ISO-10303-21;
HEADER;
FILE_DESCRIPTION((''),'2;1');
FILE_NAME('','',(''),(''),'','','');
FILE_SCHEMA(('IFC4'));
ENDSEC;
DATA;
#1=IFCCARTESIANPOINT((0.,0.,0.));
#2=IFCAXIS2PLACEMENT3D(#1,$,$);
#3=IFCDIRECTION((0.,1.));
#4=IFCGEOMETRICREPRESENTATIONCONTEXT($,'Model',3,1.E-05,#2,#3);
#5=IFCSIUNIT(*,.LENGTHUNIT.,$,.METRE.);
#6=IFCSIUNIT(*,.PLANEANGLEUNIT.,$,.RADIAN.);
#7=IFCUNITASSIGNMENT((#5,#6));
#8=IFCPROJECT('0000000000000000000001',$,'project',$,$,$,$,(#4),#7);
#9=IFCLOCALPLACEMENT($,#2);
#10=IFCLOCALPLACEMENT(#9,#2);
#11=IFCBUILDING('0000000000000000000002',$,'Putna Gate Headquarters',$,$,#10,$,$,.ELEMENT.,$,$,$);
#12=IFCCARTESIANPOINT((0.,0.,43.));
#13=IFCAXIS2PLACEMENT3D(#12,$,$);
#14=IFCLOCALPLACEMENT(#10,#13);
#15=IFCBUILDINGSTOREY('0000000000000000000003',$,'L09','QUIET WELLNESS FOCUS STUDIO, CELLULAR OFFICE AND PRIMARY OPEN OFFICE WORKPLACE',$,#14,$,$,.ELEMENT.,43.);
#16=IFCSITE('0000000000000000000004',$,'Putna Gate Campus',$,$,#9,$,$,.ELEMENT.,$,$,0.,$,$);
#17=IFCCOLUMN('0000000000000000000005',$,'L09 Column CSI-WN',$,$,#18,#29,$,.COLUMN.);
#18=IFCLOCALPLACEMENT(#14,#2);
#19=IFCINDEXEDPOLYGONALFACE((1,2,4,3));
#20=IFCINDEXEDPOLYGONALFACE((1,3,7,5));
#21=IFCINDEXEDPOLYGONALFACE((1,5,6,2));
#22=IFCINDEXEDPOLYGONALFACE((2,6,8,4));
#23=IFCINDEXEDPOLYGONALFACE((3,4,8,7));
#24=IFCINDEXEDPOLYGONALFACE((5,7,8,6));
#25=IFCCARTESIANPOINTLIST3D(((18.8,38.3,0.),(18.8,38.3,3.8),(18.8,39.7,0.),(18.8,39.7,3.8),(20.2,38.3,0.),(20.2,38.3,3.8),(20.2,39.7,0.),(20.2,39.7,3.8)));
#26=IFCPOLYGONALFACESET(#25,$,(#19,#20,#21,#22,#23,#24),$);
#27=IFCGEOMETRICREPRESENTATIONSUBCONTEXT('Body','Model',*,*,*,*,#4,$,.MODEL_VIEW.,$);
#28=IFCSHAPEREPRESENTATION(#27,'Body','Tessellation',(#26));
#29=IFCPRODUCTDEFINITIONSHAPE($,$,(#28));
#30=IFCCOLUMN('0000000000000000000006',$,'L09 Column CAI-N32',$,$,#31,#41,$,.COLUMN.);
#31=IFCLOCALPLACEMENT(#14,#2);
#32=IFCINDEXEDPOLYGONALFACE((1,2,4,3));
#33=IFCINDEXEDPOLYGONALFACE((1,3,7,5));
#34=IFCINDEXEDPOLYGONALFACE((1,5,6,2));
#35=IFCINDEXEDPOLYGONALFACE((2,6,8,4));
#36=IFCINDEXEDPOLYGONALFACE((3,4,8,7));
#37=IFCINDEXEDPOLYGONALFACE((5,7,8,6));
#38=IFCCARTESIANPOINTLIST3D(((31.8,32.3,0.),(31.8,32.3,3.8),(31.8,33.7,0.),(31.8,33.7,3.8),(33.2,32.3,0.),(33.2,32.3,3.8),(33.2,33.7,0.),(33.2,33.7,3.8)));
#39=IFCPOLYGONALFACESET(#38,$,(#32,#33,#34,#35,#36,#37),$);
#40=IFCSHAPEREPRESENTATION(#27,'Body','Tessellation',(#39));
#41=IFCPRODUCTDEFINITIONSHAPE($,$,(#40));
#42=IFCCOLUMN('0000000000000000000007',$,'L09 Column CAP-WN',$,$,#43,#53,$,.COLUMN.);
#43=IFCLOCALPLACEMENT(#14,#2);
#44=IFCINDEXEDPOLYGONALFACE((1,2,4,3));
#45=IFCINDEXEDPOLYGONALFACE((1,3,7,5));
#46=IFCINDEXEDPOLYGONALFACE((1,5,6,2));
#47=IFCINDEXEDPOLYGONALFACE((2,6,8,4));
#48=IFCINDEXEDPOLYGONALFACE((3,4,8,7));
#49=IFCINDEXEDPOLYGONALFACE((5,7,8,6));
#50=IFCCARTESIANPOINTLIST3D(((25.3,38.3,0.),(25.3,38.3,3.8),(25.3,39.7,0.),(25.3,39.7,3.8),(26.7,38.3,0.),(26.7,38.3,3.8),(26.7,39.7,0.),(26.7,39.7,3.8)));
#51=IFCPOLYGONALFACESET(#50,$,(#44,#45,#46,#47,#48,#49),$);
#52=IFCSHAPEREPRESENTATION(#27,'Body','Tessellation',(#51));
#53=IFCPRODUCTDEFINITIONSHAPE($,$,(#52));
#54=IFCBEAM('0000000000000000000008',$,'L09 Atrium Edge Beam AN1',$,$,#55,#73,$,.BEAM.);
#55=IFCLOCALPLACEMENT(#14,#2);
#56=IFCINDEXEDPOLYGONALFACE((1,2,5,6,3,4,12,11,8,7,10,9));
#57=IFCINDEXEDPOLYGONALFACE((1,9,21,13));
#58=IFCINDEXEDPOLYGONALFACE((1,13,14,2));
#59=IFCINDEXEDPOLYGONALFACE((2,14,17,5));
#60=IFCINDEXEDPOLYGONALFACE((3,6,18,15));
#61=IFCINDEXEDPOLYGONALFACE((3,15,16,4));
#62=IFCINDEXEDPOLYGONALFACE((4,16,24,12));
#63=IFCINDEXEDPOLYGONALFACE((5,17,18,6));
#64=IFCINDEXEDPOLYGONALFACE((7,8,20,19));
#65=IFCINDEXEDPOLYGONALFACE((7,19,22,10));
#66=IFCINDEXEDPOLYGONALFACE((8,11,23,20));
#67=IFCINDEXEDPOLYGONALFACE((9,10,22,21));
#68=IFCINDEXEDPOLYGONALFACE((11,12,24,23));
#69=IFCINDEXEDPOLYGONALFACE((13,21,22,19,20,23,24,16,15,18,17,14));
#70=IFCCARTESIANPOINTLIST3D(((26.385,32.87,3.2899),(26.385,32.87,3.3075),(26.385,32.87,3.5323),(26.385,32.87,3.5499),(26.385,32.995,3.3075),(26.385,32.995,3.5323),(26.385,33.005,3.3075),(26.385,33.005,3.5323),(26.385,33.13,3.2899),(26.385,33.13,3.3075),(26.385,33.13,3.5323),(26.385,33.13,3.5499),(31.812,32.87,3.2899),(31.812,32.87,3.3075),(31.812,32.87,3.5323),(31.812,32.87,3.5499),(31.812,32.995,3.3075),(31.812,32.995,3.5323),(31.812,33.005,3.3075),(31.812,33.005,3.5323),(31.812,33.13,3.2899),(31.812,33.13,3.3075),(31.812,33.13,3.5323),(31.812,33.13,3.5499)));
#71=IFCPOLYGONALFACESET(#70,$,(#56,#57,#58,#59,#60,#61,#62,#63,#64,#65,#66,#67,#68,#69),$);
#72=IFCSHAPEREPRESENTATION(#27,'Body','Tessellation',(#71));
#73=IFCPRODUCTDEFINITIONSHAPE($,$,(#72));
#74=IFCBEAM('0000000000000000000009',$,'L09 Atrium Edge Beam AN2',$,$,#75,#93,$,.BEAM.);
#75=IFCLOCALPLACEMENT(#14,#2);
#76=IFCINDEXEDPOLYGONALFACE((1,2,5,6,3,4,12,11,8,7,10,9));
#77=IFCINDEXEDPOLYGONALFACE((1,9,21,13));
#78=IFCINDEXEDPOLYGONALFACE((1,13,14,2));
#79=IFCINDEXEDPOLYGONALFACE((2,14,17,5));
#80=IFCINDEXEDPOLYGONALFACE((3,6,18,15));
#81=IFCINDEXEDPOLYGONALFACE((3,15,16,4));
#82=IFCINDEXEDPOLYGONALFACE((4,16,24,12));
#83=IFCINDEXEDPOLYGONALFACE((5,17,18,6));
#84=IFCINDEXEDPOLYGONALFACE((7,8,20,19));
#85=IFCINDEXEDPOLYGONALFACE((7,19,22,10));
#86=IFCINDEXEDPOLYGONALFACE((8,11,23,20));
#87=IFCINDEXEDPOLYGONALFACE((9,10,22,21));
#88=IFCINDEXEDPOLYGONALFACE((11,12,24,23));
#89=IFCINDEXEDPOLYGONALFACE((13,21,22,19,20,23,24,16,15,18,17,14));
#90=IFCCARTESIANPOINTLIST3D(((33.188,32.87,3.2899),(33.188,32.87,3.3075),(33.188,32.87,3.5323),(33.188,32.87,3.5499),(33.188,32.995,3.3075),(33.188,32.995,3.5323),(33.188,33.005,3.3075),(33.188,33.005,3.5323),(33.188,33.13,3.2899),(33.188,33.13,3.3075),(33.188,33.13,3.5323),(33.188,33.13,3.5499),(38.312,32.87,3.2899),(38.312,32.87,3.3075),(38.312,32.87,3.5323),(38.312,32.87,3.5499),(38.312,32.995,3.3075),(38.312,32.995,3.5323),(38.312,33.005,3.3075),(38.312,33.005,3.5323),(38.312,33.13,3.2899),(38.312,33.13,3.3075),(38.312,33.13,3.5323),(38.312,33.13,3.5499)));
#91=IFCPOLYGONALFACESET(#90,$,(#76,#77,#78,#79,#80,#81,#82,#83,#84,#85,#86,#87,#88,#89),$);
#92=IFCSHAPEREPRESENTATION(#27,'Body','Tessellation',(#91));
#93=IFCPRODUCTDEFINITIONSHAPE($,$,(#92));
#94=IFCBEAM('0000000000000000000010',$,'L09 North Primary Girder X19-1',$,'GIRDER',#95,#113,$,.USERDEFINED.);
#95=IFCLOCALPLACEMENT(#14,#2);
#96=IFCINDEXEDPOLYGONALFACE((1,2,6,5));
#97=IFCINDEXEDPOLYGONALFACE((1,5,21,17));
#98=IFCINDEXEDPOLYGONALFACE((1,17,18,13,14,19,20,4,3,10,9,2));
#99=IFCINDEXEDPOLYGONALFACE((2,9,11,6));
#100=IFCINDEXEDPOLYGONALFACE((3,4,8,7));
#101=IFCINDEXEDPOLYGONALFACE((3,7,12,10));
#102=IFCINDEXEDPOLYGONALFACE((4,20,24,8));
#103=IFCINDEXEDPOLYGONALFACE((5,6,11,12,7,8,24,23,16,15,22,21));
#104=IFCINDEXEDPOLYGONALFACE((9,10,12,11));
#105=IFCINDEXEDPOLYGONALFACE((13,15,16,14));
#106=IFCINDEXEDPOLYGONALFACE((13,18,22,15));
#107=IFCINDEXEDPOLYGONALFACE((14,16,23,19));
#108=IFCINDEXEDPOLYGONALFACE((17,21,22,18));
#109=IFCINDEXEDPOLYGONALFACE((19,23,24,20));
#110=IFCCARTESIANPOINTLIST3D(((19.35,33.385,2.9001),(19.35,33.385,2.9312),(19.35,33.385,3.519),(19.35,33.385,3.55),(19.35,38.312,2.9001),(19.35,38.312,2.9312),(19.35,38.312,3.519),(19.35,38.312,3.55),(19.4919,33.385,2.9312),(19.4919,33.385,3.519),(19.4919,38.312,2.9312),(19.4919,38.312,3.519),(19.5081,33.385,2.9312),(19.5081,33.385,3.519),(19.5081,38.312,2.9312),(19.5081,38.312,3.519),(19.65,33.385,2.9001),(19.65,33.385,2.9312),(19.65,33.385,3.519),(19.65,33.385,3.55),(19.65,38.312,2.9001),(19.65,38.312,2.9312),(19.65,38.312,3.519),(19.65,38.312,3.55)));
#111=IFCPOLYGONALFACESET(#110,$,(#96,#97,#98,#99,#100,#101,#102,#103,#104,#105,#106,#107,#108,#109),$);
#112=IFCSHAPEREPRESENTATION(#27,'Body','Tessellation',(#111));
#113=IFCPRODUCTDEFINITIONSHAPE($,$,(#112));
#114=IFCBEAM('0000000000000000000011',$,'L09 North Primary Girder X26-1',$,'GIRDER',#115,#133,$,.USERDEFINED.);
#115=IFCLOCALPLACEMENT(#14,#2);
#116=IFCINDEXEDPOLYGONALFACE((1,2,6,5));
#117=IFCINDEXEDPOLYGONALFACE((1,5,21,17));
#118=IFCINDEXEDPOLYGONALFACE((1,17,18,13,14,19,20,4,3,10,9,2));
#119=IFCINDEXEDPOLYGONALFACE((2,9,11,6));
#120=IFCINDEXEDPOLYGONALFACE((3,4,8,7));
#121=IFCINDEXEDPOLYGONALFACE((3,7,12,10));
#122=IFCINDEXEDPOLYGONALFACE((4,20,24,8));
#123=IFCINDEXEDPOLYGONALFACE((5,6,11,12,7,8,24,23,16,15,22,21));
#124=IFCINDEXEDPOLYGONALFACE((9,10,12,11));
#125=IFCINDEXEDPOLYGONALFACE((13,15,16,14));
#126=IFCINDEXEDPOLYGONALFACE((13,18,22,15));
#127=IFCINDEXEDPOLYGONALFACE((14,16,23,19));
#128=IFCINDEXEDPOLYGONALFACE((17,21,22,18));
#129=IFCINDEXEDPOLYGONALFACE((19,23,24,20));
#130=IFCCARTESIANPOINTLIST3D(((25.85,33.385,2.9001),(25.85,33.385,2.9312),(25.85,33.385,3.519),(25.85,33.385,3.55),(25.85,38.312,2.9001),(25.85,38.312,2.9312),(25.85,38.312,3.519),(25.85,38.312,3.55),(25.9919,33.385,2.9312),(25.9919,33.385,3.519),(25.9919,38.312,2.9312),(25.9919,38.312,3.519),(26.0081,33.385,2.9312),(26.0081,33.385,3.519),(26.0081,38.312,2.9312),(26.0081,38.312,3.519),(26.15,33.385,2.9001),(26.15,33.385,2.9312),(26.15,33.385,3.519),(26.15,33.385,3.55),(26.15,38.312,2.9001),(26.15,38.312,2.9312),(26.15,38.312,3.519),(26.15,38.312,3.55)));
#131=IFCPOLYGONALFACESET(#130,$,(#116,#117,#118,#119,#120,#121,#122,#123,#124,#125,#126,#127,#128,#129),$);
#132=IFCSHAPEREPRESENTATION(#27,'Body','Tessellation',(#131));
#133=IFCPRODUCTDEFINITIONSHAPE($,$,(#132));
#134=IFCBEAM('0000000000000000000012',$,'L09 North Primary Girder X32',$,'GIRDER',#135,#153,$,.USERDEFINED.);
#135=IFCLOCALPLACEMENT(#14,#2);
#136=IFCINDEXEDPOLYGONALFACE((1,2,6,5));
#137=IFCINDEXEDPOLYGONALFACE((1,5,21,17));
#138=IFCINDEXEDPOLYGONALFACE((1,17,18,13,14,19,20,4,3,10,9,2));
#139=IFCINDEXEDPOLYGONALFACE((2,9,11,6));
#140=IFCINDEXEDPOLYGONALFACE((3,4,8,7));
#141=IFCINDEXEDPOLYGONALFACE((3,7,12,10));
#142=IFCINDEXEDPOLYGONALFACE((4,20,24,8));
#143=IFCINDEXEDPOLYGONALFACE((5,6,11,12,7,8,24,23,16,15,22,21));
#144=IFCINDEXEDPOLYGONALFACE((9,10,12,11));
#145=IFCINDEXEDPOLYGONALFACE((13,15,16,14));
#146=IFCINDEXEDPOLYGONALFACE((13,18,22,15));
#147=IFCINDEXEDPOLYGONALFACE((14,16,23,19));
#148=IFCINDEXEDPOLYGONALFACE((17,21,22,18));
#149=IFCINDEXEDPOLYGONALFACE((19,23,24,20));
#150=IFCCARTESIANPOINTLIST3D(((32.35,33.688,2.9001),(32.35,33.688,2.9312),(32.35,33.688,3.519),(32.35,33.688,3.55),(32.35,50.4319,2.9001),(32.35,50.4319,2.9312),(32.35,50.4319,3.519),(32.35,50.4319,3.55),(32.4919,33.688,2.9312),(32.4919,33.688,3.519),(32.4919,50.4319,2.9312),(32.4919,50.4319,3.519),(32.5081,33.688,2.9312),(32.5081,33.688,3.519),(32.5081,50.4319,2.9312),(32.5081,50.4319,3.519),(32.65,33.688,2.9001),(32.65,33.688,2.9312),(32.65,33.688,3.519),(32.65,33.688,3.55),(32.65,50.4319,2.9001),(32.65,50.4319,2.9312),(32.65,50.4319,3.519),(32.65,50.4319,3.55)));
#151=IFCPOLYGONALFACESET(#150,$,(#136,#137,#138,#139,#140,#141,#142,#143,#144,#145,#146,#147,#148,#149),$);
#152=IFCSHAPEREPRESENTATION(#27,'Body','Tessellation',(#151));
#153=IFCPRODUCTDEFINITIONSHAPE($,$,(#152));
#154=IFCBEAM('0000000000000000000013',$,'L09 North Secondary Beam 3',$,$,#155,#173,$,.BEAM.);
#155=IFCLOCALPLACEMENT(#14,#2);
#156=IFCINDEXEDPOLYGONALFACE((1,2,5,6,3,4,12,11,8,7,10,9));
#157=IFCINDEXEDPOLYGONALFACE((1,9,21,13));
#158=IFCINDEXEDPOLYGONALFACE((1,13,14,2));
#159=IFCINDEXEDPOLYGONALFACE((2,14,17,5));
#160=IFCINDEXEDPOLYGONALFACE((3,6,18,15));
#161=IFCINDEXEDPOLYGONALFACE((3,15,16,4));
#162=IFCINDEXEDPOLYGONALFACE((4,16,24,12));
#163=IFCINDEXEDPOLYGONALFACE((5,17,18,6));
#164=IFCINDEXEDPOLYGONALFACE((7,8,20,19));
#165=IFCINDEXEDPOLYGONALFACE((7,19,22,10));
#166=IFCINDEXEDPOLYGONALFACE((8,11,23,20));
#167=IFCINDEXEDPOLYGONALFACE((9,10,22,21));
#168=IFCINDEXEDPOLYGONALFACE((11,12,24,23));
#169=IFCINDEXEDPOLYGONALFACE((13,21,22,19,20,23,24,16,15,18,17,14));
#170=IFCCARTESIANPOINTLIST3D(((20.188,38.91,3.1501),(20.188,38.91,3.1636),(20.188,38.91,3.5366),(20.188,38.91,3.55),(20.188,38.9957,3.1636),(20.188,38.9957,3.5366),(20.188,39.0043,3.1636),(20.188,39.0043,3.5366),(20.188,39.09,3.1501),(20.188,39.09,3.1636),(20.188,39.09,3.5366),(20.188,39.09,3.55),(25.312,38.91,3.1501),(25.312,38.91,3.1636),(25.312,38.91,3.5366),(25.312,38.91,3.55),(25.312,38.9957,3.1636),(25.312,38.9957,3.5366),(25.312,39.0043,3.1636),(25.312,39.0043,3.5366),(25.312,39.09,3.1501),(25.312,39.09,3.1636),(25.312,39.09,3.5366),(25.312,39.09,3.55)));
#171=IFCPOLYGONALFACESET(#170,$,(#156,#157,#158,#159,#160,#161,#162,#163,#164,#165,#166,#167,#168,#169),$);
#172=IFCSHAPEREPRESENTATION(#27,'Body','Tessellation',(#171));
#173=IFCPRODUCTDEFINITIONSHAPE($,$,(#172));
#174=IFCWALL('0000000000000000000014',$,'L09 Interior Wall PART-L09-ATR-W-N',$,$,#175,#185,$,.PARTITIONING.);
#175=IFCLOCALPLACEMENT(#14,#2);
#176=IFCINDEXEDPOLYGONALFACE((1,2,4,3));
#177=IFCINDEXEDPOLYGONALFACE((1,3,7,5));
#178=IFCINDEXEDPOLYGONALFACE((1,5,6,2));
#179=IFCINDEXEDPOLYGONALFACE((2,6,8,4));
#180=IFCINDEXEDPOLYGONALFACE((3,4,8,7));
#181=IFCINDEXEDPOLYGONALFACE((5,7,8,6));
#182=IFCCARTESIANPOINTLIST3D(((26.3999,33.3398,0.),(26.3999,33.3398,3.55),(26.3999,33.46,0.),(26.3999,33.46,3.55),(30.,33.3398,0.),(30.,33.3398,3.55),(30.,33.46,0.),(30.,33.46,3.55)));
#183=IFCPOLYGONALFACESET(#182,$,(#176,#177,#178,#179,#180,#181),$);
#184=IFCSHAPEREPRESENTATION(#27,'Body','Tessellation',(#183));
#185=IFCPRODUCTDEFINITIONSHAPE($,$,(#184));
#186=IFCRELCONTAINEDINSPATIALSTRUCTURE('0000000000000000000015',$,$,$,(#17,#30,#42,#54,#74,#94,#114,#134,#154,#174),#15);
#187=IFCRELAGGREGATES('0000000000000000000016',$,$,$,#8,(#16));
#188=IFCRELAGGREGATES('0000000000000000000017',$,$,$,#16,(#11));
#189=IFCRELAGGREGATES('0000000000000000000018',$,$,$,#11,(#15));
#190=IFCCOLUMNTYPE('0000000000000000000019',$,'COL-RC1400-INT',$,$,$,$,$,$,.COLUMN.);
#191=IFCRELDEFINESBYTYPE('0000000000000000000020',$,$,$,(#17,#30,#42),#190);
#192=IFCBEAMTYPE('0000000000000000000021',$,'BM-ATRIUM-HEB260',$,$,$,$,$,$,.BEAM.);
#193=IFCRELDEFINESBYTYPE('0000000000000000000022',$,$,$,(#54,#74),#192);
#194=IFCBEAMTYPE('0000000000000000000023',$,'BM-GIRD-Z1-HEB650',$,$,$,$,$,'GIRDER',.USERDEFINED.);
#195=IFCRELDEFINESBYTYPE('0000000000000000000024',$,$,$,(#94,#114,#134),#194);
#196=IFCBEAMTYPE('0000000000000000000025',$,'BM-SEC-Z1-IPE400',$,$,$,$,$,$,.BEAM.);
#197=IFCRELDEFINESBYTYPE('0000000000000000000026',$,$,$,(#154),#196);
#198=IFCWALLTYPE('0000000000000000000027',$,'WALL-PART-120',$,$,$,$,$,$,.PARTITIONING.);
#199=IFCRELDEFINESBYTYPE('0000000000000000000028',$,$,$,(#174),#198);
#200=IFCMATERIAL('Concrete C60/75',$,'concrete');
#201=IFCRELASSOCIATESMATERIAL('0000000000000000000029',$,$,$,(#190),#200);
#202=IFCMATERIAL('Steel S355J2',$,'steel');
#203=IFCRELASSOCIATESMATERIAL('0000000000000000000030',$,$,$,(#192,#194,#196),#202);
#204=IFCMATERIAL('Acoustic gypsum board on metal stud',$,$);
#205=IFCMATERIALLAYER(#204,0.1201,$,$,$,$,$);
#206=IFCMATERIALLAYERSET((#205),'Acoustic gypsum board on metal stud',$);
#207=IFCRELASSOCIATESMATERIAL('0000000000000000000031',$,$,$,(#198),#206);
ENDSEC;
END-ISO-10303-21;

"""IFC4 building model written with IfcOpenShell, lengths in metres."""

from ifc_helpers import new_model, si_unit, direction, frame, frame_2d, origin, origin_2d, place, context, subcontext, project, spatial, rectangle, i_section, extrude, material, layer, layer_set, material_profile, profile_set, type_object, element, save


model = new_model("IFC4")

# Units and contexts
model_context = context("Model", 3, precision=1e-05, world=origin(), true_north=direction((0.0, 1.0)))
body_context = subcontext(model_context, "Body", "Model", "MODEL_VIEW")
ifc_project = project(units=[si_unit("LENGTHUNIT", "METRE"), si_unit("PLANEANGLEUNIT", "RADIAN")], contexts=[model_context])

# Site, building, storey
site_placement = place(None, origin())
site = spatial("IfcSite", under=ifc_project, at=site_placement, Name="Putna Gate Campus", CompositionType="ELEMENT", RefElevation=0.0)
building_placement = place(site_placement, origin())
building = spatial("IfcBuilding", under=site, at=building_placement, Name="Putna Gate Headquarters", CompositionType="ELEMENT")
storey_placement = place(building_placement, frame((0.0, 0.0, 43.0)))
storey = spatial("IfcBuildingStorey", under=building, at=storey_placement, Name="L09", Description="QUIET WELLNESS FOCUS STUDIO, CELLULAR OFFICE AND PRIMARY OPEN OFFICE WORKPLACE", CompositionType="ELEMENT", Elevation=43.0)

# Columns
ifc_material_1 = material(Name="Concrete C60/75", Category="concrete")
ifc_material_profile_1 = material_profile(ifc_material_1, rectangle(XDim=1.3999, YDim=1.3999, at=origin_2d()), Name="Concrete C60/75")
ifc_profile_set_1 = profile_set([ifc_material_profile_1], Name="Concrete C60/75")
column_type = type_object("IfcColumnType", Name="COL-RC1400-INT", PredefinedType="COLUMN", material=ifc_profile_set_1)
for number, where, z_axis, x_axis, name in (
    (1, (19.5, 39.0, 0.0), (0.0, 0.0, 1.0), (1.0, 0.0, 0.0), "L09 Column CSI-WN"),
    (2, (32.5, 33.0, 0.0), (0.0, 0.0, 1.0), (1.0, 0.0, 0.0), "L09 Column CAI-N32"),
    (3, (26.0, 39.0, 0.0), (0.0, 0.0, 1.0), (1.0, 0.0, 0.0), "L09 Column CAP-WN"),
):
    element("IfcColumn", number, at=place(storey_placement, frame(where, z_axis=z_axis, x_axis=x_axis)), inside=storey, type_object=column_type, Name=name, PredefinedType="COLUMN", context=body_context, shape_type="SweptSolid", body=[
        extrude(rectangle(XDim=1.3999, YDim=1.3999, at=origin_2d()), origin(), (0.0, 0.0, 1.0), 3.8),
    ])

# Beams
ifc_material_2 = material(Name="Steel S355J2", Category="steel")
ifc_material_profile_2 = material_profile(ifc_material_2, i_section(OverallWidth=0.26, OverallDepth=0.26, WebThickness=0.01, FlangeThickness=0.0176, at=origin_2d()), Name="Steel S355J2")
ifc_profile_set_2 = profile_set([ifc_material_profile_2], Name="Steel S355J2")
beam_type_1 = type_object("IfcBeamType", Name="BM-ATRIUM-HEB260", PredefinedType="BEAM", material=ifc_profile_set_2)
beam_1_placement = place(storey_placement, frame((26.385, 33.0, 3.4199), z_axis=(1.0, 0.0, 0.0), x_axis=(0.0, 1.0, 0.0)))
element("IfcBeam", 4, at=beam_1_placement, inside=storey, type_object=beam_type_1, Name="L09 Atrium Edge Beam AN1", PredefinedType="BEAM", context=body_context, shape_type="SweptSolid", body=[
    extrude(i_section(OverallWidth=0.26, OverallDepth=0.26, WebThickness=0.01, FlangeThickness=0.0176, at=origin_2d()), origin(), (0.0, 0.0, 1.0), 5.427),
])
beam_2_placement = place(storey_placement, frame((33.188, 33.0, 3.4199), z_axis=(1.0, 0.0, 0.0), x_axis=(0.0, 1.0, 0.0)))
element("IfcBeam", 5, at=beam_2_placement, inside=storey, type_object=beam_type_1, Name="L09 Atrium Edge Beam AN2", PredefinedType="BEAM", context=body_context, shape_type="SweptSolid", body=[
    extrude(i_section(OverallWidth=0.26, OverallDepth=0.26, WebThickness=0.01, FlangeThickness=0.0176, at=origin_2d()), origin(), (0.0, 0.0, 1.0), 5.124),
])
ifc_material_profile_3 = material_profile(ifc_material_2, i_section(OverallWidth=0.3, OverallDepth=0.6499, WebThickness=0.0161, FlangeThickness=0.031, at=origin_2d()), Name="Steel S355J2")
ifc_profile_set_3 = profile_set([ifc_material_profile_3], Name="Steel S355J2")
beam_type_2 = type_object("IfcBeamType", Name="BM-GIRD-Z1-HEB650", ElementType="GIRDER", PredefinedType="USERDEFINED", material=ifc_profile_set_3)
for number, where, z_axis, x_axis, name in (
    (6, (19.5, 33.385, 3.2251), (0.0, 1.0, 0.0), (-1.0, 0.0, 0.0), "L09 North Primary Girder X19-1"),
    (7, (26.0, 33.385, 3.2251), (0.0, 1.0, 0.0), (-1.0, 0.0, 0.0), "L09 North Primary Girder X26-1"),
):
    element("IfcBeam", number, at=place(storey_placement, frame(where, z_axis=z_axis, x_axis=x_axis)), inside=storey, type_object=beam_type_2, Name=name, ObjectType="GIRDER", PredefinedType="USERDEFINED", context=body_context, shape_type="SweptSolid", body=[
        extrude(i_section(OverallWidth=0.3, OverallDepth=0.6499, WebThickness=0.0161, FlangeThickness=0.031, at=origin_2d()), origin(), (0.0, 0.0, 1.0), 4.927),
    ])
beam_3_placement = place(storey_placement, frame((32.5, 33.688, 3.2251), z_axis=(0.0, 1.0, 0.0), x_axis=(-1.0, 0.0, 0.0)))
element("IfcBeam", 8, at=beam_3_placement, inside=storey, type_object=beam_type_2, Name="L09 North Primary Girder X32", ObjectType="GIRDER", PredefinedType="USERDEFINED", context=body_context, shape_type="SweptSolid", body=[
    extrude(i_section(OverallWidth=0.3, OverallDepth=0.6499, WebThickness=0.0161, FlangeThickness=0.031, at=origin_2d()), origin(), (0.0, 0.0, 1.0), 16.7439),
])
ifc_material_profile_4 = material_profile(ifc_material_2, i_section(OverallWidth=0.1799, OverallDepth=0.3999, WebThickness=0.0085, FlangeThickness=0.0134, at=origin_2d()), Name="Steel S355J2")
ifc_profile_set_4 = profile_set([ifc_material_profile_4], Name="Steel S355J2")
beam_type_3 = type_object("IfcBeamType", Name="BM-SEC-Z1-IPE400", PredefinedType="BEAM", material=ifc_profile_set_4)
beam_4_placement = place(storey_placement, frame((20.188, 39.0, 3.3501), z_axis=(1.0, 0.0, 0.0), x_axis=(0.0, 1.0, 0.0)))
element("IfcBeam", 9, at=beam_4_placement, inside=storey, type_object=beam_type_3, Name="L09 North Secondary Beam 3", PredefinedType="BEAM", context=body_context, shape_type="SweptSolid", body=[
    extrude(i_section(OverallWidth=0.1799, OverallDepth=0.3999, WebThickness=0.0085, FlangeThickness=0.0134, at=origin_2d()), origin(), (0.0, 0.0, 1.0), 5.124),
])

# Wall
ifc_material_3 = material(Name="Acoustic gypsum board on metal stud")
ifc_layer_1 = layer(ifc_material_3, 0.1201)
ifc_layer_set_1 = layer_set([ifc_layer_1], Name="Acoustic gypsum board on metal stud")
wall_type_1 = type_object("IfcWallType", Name="WALL-PART-120", PredefinedType="PARTITIONING", material=ifc_layer_set_1)
wall_1_placement = place(storey_placement, frame((26.3999, 33.3999, 0.0), z_axis=(0.0, 0.0, 1.0), x_axis=(1.0, 0.0, 0.0)))
element("IfcWall", 10, at=wall_1_placement, inside=storey, type_object=wall_type_1, Name="L09 Interior Wall PART-L09-ATR-W-N", PredefinedType="PARTITIONING", context=body_context, shape_type="SweptSolid", body=[
    extrude(rectangle(XDim=3.6001, YDim=0.1201, at=frame_2d((1.8, 0.0))), origin(), (0.0, 0.0, 1.0), 3.55),
])

save(model, "model.ifc")
